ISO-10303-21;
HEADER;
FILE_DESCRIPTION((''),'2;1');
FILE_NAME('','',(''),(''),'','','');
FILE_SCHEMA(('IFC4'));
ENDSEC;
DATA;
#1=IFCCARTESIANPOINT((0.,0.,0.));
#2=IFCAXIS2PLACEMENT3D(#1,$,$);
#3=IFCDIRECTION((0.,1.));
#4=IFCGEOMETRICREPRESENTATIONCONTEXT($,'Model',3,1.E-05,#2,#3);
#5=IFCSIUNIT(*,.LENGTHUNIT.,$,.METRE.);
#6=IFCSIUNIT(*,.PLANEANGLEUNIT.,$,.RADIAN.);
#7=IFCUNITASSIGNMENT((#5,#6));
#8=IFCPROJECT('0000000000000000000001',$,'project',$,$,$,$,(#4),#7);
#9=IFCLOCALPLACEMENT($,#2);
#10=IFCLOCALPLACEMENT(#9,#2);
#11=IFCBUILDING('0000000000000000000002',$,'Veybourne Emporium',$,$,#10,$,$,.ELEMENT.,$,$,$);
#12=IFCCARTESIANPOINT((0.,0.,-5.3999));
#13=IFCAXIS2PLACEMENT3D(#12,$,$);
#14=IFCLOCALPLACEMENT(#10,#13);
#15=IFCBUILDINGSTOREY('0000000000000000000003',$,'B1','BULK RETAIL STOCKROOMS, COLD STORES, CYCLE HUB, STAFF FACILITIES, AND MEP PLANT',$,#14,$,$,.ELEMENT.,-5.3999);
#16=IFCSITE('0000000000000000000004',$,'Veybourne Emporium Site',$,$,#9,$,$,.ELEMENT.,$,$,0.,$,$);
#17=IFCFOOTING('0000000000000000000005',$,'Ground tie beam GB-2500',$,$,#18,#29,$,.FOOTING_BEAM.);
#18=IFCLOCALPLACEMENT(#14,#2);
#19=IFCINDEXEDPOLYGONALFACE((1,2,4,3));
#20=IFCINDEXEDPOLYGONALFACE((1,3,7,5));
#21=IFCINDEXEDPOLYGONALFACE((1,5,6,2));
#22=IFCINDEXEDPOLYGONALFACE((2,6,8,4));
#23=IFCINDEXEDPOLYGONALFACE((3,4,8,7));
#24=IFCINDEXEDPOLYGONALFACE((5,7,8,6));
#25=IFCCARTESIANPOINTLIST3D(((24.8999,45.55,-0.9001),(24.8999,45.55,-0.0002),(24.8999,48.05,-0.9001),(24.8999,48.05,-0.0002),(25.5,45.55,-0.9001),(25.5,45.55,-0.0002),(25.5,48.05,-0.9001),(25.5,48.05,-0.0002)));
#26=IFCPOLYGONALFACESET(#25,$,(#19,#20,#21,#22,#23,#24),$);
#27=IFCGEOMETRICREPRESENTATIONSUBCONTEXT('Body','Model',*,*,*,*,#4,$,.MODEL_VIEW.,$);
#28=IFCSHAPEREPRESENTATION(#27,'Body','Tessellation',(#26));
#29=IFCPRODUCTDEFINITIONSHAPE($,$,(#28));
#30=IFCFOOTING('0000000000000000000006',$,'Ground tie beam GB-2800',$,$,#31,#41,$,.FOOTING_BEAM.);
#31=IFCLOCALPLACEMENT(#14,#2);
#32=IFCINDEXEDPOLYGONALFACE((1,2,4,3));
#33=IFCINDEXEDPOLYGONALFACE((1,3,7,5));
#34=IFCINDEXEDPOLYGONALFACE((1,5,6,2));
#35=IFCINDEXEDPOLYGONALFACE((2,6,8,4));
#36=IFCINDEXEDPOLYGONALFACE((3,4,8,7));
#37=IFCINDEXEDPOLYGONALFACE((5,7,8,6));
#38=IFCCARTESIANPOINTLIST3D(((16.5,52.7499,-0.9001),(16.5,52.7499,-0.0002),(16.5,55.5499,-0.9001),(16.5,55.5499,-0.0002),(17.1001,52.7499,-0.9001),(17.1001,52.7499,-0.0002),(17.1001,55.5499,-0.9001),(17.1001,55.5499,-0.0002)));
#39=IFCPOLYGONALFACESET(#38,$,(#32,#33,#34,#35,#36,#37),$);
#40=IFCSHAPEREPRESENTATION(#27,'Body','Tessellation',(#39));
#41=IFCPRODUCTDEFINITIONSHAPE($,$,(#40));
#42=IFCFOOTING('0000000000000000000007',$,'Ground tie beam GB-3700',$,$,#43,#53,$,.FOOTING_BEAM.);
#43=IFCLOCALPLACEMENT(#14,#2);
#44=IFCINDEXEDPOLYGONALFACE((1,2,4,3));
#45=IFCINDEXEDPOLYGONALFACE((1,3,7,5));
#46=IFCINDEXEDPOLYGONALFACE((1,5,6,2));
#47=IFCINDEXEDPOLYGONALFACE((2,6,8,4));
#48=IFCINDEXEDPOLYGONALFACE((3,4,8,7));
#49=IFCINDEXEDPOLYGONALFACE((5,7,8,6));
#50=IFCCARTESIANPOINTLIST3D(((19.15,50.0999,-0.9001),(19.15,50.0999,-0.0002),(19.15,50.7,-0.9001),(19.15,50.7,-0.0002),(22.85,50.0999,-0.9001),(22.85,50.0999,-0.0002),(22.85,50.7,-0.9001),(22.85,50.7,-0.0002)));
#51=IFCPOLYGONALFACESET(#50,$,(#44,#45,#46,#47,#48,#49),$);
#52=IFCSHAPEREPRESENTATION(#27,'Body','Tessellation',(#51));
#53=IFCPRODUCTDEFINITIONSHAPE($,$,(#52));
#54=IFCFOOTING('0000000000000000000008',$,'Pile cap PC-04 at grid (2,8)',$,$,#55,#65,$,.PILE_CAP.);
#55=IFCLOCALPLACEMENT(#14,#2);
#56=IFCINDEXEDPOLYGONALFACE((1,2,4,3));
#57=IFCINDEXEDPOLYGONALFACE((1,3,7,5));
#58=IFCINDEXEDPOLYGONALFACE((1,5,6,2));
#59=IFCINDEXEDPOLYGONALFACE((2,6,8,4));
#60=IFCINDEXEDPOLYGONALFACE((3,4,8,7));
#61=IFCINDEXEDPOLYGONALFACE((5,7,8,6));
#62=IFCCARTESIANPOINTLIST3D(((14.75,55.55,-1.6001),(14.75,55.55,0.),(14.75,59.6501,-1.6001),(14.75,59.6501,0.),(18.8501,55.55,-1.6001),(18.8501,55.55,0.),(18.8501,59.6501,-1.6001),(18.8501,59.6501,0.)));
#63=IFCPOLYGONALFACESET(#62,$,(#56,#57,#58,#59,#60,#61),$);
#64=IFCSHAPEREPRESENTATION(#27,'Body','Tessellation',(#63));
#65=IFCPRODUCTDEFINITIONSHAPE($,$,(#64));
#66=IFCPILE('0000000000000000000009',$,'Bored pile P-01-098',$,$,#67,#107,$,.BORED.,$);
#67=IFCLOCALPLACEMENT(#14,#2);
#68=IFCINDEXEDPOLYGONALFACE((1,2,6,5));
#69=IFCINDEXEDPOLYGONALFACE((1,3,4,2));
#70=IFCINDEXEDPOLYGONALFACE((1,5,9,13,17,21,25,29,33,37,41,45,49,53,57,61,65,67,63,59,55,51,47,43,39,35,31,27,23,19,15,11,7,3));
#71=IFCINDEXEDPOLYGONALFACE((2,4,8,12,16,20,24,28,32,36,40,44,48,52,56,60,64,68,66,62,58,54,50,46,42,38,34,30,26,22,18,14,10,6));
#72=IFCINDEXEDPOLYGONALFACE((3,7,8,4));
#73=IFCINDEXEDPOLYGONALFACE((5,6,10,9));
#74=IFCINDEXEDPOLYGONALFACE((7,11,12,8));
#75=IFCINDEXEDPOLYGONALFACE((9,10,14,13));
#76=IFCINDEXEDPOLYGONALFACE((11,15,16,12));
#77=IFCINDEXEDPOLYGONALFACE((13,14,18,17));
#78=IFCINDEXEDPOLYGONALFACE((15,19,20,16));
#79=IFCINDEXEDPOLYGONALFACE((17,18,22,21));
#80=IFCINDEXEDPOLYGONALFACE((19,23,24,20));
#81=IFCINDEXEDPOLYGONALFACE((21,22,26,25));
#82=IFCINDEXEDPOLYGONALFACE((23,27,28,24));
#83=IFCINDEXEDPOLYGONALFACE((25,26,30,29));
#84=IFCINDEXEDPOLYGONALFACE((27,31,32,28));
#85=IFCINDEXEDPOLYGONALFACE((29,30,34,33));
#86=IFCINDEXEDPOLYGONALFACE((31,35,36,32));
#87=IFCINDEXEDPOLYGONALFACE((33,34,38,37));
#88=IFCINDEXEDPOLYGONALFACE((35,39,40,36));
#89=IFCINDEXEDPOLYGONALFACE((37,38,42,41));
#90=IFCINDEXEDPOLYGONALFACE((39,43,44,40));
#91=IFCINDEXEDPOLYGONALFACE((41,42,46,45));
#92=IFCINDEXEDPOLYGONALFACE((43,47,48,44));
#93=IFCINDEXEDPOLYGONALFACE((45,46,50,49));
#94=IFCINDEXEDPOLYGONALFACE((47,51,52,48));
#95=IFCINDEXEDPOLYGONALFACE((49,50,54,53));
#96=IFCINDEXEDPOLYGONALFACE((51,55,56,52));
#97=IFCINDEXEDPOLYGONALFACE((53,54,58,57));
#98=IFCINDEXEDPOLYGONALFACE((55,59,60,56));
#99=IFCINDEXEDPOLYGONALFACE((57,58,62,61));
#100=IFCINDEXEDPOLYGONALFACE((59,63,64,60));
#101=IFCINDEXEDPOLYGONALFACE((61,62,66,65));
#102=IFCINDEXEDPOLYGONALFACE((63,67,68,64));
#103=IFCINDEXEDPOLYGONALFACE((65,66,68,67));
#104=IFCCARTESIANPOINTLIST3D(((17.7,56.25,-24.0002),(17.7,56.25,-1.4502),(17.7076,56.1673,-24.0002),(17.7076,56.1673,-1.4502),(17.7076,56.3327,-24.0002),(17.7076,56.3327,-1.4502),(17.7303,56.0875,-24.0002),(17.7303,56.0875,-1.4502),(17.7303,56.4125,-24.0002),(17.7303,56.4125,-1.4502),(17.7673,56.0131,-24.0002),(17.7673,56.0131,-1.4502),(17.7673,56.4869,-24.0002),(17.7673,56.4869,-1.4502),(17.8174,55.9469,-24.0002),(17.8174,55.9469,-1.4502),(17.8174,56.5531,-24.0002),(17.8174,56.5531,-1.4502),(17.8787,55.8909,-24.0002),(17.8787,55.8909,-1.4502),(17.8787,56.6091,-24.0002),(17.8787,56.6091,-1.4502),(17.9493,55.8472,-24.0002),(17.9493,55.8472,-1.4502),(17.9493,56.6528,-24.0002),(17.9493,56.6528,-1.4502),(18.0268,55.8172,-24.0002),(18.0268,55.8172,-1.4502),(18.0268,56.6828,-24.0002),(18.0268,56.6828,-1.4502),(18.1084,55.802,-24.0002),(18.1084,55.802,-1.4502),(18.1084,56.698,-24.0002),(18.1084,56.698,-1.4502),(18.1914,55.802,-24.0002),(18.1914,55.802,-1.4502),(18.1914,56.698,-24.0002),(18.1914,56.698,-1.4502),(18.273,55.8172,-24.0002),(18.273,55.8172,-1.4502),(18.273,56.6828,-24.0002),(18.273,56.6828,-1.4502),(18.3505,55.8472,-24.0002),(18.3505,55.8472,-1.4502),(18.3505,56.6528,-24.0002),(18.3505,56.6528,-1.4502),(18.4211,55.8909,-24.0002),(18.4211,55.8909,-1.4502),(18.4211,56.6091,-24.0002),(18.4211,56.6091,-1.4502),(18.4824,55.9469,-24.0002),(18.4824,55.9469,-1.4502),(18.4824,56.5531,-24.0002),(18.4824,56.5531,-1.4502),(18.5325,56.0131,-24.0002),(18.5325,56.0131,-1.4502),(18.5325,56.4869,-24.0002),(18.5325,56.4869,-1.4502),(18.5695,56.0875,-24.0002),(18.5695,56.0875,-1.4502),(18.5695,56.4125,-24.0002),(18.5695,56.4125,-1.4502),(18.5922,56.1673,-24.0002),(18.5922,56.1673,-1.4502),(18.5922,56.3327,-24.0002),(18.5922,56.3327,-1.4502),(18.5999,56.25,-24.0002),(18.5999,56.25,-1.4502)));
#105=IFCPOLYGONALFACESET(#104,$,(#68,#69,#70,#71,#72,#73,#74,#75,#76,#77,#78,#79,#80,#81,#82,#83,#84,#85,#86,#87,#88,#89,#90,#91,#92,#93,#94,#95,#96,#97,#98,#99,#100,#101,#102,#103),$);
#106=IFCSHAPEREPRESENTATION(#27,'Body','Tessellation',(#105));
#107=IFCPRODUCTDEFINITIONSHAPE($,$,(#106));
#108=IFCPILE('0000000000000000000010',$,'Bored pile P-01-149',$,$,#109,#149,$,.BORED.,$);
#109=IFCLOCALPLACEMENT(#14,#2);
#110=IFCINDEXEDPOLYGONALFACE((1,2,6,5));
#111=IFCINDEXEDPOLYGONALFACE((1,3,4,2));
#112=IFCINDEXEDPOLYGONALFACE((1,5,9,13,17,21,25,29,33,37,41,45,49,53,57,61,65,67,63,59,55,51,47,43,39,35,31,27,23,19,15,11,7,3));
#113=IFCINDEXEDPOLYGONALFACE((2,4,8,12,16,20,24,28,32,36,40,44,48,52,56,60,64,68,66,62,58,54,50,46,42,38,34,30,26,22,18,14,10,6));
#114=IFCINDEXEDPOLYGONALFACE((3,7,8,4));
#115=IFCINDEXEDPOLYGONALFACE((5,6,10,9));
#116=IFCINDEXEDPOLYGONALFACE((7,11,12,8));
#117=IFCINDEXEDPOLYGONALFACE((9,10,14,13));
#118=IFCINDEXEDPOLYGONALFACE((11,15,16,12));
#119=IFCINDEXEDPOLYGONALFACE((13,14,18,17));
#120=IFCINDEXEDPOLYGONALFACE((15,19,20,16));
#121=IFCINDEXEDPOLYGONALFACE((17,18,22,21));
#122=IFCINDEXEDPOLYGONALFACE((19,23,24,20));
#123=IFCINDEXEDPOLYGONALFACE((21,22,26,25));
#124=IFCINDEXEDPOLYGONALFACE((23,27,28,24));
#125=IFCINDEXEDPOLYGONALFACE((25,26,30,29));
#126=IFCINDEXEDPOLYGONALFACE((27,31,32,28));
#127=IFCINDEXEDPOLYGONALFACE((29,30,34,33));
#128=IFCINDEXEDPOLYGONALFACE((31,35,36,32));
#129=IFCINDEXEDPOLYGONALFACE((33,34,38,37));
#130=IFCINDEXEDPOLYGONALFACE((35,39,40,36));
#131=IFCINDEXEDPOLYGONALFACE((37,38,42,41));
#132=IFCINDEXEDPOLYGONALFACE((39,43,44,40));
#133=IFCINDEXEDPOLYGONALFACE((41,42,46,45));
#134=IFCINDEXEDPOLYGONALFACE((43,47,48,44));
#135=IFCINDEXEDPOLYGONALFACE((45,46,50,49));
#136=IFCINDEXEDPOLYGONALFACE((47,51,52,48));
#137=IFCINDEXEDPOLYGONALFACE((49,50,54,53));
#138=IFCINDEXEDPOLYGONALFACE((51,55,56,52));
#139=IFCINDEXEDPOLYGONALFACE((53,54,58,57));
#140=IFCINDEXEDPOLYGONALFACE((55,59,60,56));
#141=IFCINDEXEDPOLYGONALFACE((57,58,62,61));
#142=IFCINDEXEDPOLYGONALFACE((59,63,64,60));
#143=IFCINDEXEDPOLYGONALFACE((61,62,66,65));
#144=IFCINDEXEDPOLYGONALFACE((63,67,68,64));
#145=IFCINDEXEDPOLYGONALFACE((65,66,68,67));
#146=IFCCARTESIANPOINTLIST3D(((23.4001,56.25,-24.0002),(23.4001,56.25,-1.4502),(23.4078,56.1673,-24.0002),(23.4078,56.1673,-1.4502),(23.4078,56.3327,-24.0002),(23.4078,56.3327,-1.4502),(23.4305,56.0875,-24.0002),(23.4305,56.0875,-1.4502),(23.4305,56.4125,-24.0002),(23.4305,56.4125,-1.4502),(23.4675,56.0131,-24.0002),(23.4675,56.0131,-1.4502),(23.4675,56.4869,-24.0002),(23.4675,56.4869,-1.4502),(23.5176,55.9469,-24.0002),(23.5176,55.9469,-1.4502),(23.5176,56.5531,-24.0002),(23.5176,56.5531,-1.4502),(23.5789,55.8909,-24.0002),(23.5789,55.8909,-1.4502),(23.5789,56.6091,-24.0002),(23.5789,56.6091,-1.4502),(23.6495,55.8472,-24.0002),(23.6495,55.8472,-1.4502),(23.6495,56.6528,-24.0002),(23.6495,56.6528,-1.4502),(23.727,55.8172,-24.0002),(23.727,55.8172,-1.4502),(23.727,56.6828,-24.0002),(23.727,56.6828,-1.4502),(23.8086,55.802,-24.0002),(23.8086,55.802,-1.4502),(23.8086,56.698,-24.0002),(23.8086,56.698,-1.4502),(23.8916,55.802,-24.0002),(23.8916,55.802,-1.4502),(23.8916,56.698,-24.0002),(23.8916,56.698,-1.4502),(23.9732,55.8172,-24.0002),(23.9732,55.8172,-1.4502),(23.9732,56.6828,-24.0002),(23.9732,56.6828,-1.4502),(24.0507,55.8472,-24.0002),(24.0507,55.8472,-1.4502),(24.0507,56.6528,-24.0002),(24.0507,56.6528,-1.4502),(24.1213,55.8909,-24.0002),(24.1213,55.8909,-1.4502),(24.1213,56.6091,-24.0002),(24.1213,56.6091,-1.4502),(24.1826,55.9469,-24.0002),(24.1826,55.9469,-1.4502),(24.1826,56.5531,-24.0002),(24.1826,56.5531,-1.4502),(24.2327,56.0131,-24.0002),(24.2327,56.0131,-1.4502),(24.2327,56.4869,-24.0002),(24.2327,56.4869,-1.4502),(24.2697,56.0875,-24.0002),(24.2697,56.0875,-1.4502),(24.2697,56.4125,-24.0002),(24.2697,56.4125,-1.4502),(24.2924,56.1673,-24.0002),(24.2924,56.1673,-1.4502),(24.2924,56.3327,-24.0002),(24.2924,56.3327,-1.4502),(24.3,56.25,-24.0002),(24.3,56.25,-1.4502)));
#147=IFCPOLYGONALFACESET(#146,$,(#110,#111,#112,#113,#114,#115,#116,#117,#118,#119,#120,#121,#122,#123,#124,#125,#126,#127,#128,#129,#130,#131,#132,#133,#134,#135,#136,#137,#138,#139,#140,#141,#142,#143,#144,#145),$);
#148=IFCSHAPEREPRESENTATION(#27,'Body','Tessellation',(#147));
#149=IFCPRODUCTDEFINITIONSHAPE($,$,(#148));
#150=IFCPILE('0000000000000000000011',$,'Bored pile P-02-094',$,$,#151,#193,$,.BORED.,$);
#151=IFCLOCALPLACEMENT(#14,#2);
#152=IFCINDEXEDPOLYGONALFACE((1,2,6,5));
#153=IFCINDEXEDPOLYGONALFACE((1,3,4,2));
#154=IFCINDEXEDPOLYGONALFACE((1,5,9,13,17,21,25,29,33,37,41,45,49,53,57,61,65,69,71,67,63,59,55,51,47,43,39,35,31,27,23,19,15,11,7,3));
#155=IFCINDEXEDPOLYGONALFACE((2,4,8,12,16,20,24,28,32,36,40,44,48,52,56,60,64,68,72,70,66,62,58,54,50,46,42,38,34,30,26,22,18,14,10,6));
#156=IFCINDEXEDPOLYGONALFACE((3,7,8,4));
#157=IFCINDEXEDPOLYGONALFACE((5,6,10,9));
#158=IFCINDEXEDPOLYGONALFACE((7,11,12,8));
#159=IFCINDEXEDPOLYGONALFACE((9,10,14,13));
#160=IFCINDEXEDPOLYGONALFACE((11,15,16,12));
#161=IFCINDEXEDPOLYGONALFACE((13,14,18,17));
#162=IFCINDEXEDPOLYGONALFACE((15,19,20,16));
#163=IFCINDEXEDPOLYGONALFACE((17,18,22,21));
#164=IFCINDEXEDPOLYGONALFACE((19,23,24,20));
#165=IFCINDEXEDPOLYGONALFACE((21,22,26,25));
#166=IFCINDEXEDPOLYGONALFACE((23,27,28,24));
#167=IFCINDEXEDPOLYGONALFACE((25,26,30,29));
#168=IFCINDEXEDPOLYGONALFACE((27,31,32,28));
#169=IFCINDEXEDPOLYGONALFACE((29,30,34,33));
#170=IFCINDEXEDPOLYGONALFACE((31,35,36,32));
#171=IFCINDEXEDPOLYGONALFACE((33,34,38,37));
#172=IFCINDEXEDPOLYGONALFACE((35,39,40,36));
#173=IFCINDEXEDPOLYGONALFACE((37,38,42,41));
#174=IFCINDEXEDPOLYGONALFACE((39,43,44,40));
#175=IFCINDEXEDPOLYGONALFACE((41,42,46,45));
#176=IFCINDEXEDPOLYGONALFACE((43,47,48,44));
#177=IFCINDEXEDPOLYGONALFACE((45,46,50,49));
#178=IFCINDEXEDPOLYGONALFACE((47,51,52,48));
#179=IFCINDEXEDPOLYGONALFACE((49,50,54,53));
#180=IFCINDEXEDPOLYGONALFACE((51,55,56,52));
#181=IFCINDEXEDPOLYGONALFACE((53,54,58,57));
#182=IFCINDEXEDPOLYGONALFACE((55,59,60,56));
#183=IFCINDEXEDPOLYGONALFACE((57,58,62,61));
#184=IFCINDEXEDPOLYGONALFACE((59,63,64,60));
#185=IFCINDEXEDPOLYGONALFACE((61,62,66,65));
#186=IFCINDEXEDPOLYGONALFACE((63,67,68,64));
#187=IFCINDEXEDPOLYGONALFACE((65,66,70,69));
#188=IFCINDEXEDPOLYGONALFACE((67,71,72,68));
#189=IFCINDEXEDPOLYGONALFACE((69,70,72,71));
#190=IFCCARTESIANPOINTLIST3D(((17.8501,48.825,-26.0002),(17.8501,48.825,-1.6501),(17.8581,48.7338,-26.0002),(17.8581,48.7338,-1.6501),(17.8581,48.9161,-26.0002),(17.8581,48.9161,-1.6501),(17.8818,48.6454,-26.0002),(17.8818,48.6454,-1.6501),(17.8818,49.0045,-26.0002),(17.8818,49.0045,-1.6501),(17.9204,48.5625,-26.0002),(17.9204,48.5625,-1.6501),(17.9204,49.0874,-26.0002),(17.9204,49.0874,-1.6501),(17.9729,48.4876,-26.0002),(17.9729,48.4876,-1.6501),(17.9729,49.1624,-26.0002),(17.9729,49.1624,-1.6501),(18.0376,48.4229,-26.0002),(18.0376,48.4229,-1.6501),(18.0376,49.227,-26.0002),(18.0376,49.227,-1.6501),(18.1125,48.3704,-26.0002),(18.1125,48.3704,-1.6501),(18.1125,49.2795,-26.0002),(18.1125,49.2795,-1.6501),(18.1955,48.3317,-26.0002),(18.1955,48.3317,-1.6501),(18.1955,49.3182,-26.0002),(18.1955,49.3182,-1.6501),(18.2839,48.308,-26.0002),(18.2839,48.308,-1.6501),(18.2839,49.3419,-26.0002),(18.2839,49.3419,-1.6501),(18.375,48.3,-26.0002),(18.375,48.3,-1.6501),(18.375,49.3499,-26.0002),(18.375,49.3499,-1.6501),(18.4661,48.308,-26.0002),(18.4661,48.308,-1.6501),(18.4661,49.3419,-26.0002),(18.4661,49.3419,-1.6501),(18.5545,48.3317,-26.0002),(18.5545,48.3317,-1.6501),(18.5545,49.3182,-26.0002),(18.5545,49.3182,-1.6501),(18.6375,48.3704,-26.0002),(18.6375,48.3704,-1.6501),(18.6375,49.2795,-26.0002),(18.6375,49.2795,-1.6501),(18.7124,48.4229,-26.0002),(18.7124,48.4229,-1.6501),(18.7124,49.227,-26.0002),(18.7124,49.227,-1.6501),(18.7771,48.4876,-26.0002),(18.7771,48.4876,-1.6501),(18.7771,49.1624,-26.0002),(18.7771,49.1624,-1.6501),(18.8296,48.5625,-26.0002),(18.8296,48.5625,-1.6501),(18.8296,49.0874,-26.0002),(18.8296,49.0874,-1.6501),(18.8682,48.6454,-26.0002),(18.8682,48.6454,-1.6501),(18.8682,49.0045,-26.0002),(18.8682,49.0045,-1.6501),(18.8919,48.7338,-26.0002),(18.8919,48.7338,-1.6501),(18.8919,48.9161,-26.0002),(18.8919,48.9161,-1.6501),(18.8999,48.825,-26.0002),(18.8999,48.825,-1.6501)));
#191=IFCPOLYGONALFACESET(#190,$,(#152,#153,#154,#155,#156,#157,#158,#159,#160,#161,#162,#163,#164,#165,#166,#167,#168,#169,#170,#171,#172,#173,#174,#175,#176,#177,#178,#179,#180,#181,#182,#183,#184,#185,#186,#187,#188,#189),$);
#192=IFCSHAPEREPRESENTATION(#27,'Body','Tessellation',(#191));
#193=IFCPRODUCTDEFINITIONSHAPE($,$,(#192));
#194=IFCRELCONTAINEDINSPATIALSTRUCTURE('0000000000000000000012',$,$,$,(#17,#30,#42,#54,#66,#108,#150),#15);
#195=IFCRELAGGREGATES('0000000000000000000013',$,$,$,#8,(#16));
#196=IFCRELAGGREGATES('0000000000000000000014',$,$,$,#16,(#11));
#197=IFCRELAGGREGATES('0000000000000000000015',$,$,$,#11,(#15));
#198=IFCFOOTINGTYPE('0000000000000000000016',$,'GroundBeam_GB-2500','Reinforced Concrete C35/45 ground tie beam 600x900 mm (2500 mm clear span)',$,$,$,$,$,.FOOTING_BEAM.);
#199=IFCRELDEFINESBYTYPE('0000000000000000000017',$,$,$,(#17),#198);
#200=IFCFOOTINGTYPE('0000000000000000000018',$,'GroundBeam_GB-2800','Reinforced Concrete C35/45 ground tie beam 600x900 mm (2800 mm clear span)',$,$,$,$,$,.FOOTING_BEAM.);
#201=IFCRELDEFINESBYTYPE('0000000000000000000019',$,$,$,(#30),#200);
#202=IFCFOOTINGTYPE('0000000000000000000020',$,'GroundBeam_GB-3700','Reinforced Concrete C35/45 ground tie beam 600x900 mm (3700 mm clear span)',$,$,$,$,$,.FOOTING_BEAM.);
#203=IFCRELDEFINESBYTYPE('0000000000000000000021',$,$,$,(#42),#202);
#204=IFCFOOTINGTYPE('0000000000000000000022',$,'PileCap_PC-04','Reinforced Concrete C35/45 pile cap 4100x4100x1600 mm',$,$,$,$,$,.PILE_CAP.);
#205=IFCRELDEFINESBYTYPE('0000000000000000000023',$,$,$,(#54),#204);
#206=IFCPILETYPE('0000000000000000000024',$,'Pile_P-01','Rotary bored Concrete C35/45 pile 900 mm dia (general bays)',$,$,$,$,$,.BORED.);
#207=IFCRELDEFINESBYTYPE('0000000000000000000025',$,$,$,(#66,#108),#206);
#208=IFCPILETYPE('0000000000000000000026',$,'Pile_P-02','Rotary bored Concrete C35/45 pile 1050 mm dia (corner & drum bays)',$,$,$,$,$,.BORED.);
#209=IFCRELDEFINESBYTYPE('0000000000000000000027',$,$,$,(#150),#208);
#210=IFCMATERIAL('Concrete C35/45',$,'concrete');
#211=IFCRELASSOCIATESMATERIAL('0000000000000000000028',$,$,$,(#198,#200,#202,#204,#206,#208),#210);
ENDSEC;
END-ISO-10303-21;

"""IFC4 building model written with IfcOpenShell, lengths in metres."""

from ifc_helpers import new_model, si_unit, direction, frame, origin, origin_2d, place, context, subcontext, project, spatial, rectangle, circle, extrude, material, material_profile, profile_set, type_object, element, save


model = new_model("IFC4")

# Units and contexts
model_context = context("Model", 3, precision=1e-05, world=origin(), true_north=direction((0.0, 1.0)))
body_context = subcontext(model_context, "Body", "Model", "MODEL_VIEW")
ifc_project = project(units=[si_unit("LENGTHUNIT", "METRE"), si_unit("PLANEANGLEUNIT", "RADIAN")], contexts=[model_context])

# Site, building, storey
site_placement = place(None, origin())
site = spatial("IfcSite", under=ifc_project, at=site_placement, Name="Veybourne Emporium Site", CompositionType="ELEMENT", RefElevation=0.0)
building_placement = place(site_placement, origin())
building = spatial("IfcBuilding", under=site, at=building_placement, Name="Veybourne Emporium", CompositionType="ELEMENT")
storey_placement = place(building_placement, frame((0.0, 0.0, -5.3999)))
storey = spatial("IfcBuildingStorey", under=building, at=storey_placement, Name="B1", Description="BULK RETAIL STOCKROOMS, COLD STORES, CYCLE HUB, STAFF FACILITIES, AND MEP PLANT", CompositionType="ELEMENT", Elevation=-5.3999)

# Footings
ifc_material_1 = material(Name="Concrete C35/45", Category="concrete")
footing_type_1 = type_object("IfcFootingType", Name="GroundBeam_GB-2500", Description="Reinforced Concrete C35/45 ground tie beam 600x900 mm (2500 mm clear span)", PredefinedType="FOOTING_BEAM", material=ifc_material_1)
footing_1_placement = place(storey_placement, frame((25.2, 46.8, -0.9001), z_axis=(0.0, 0.0, 1.0), x_axis=(0.0, 1.0, 0.0)))
element("IfcFooting", 1, at=footing_1_placement, inside=storey, type_object=footing_type_1, Name="Ground tie beam GB-2500", PredefinedType="FOOTING_BEAM", context=body_context, shape_type="SweptSolid", body=[
    extrude(rectangle(XDim=2.5, YDim=0.6001, at=origin_2d()), origin(), (0.0, 0.0, 1.0), 0.8999),
])
footing_type_2 = type_object("IfcFootingType", Name="GroundBeam_GB-2800", Description="Reinforced Concrete C35/45 ground tie beam 600x900 mm (2800 mm clear span)", PredefinedType="FOOTING_BEAM", material=ifc_material_1)
footing_2_placement = place(storey_placement, frame((16.8, 54.1499, -0.9001), z_axis=(0.0, 0.0, 1.0), x_axis=(0.0, 1.0, 0.0)))
element("IfcFooting", 2, at=footing_2_placement, inside=storey, type_object=footing_type_2, Name="Ground tie beam GB-2800", PredefinedType="FOOTING_BEAM", context=body_context, shape_type="SweptSolid", body=[
    extrude(rectangle(XDim=2.8, YDim=0.6001, at=origin_2d()), origin(), (0.0, 0.0, 1.0), 0.8999),
])
footing_type_3 = type_object("IfcFootingType", Name="GroundBeam_GB-3700", Description="Reinforced Concrete C35/45 ground tie beam 600x900 mm (3700 mm clear span)", PredefinedType="FOOTING_BEAM", material=ifc_material_1)
footing_3_placement = place(storey_placement, frame((21.0, 50.3999, -0.9001), z_axis=(0.0, 0.0, 1.0), x_axis=(1.0, 0.0, 0.0)))
element("IfcFooting", 3, at=footing_3_placement, inside=storey, type_object=footing_type_3, Name="Ground tie beam GB-3700", PredefinedType="FOOTING_BEAM", context=body_context, shape_type="SweptSolid", body=[
    extrude(rectangle(XDim=3.7, YDim=0.6001, at=origin_2d()), origin(), (0.0, 0.0, 1.0), 0.8999),
])
footing_type_4 = type_object("IfcFootingType", Name="PileCap_PC-04", Description="Reinforced Concrete C35/45 pile cap 4100x4100x1600 mm", PredefinedType="PILE_CAP", material=ifc_material_1)
footing_4_placement = place(storey_placement, frame((16.8, 57.6001, -1.6001), z_axis=(0.0, 0.0, 1.0), x_axis=(1.0, 0.0, 0.0)))
element("IfcFooting", 4, at=footing_4_placement, inside=storey, type_object=footing_type_4, Name="Pile cap PC-04 at grid (2,8)", PredefinedType="PILE_CAP", context=body_context, shape_type="SweptSolid", body=[
    extrude(rectangle(XDim=4.1001, YDim=4.1001, at=origin_2d()), origin(), (0.0, 0.0, 1.0), 1.6001),
])

# Piles
ifc_material_profile_1 = material_profile(ifc_material_1, circle(Radius=0.45, at=origin_2d()), Name="BORED PILE 900")
ifc_profile_set_1 = profile_set([ifc_material_profile_1], Name="Concrete C35/45")
pile_type_1 = type_object("IfcPileType", Name="Pile_P-01", Description="Rotary bored Concrete C35/45 pile 900 mm dia (general bays)", PredefinedType="BORED", material=ifc_profile_set_1)
for number, where, z_axis, x_axis, name in (
    (5, (18.1499, 56.25, -1.4502), (0.0, 0.0, -1.0), (1.0, 0.0, 0.0), "Bored pile P-01-098"),
    (6, (23.8501, 56.25, -1.4502), (0.0, 0.0, -1.0), (1.0, 0.0, 0.0), "Bored pile P-01-149"),
):
    element("IfcPile", number, at=place(storey_placement, frame(where, z_axis=z_axis, x_axis=x_axis)), inside=storey, type_object=pile_type_1, Name=name, PredefinedType="BORED", context=body_context, shape_type="SweptSolid", body=[
        extrude(circle(Radius=0.45, at=origin_2d()), origin(), (0.0, 0.0, 1.0), 22.55),
    ])
ifc_material_profile_2 = material_profile(ifc_material_1, circle(Radius=0.5249, at=origin_2d()), Name="BORED PILE 1050")
ifc_profile_set_2 = profile_set([ifc_material_profile_2], Name="Concrete C35/45")
pile_type_2 = type_object("IfcPileType", Name="Pile_P-02", Description="Rotary bored Concrete C35/45 pile 1050 mm dia (corner & drum bays)", PredefinedType="BORED", material=ifc_profile_set_2)
for number, where, z_axis, x_axis, name in (
    (7, (18.375, 48.825, -1.6501), (0.0, 0.0, -1.0), (1.0, 0.0, 0.0), "Bored pile P-02-094"),
):
    element("IfcPile", number, at=place(storey_placement, frame(where, z_axis=z_axis, x_axis=x_axis)), inside=storey, type_object=pile_type_2, Name=name, PredefinedType="BORED", context=body_context, shape_type="SweptSolid", body=[
        extrude(circle(Radius=0.5249, at=origin_2d()), origin(), (0.0, 0.0, 1.0), 24.3501),
    ])

save(model, "model.ifc")
